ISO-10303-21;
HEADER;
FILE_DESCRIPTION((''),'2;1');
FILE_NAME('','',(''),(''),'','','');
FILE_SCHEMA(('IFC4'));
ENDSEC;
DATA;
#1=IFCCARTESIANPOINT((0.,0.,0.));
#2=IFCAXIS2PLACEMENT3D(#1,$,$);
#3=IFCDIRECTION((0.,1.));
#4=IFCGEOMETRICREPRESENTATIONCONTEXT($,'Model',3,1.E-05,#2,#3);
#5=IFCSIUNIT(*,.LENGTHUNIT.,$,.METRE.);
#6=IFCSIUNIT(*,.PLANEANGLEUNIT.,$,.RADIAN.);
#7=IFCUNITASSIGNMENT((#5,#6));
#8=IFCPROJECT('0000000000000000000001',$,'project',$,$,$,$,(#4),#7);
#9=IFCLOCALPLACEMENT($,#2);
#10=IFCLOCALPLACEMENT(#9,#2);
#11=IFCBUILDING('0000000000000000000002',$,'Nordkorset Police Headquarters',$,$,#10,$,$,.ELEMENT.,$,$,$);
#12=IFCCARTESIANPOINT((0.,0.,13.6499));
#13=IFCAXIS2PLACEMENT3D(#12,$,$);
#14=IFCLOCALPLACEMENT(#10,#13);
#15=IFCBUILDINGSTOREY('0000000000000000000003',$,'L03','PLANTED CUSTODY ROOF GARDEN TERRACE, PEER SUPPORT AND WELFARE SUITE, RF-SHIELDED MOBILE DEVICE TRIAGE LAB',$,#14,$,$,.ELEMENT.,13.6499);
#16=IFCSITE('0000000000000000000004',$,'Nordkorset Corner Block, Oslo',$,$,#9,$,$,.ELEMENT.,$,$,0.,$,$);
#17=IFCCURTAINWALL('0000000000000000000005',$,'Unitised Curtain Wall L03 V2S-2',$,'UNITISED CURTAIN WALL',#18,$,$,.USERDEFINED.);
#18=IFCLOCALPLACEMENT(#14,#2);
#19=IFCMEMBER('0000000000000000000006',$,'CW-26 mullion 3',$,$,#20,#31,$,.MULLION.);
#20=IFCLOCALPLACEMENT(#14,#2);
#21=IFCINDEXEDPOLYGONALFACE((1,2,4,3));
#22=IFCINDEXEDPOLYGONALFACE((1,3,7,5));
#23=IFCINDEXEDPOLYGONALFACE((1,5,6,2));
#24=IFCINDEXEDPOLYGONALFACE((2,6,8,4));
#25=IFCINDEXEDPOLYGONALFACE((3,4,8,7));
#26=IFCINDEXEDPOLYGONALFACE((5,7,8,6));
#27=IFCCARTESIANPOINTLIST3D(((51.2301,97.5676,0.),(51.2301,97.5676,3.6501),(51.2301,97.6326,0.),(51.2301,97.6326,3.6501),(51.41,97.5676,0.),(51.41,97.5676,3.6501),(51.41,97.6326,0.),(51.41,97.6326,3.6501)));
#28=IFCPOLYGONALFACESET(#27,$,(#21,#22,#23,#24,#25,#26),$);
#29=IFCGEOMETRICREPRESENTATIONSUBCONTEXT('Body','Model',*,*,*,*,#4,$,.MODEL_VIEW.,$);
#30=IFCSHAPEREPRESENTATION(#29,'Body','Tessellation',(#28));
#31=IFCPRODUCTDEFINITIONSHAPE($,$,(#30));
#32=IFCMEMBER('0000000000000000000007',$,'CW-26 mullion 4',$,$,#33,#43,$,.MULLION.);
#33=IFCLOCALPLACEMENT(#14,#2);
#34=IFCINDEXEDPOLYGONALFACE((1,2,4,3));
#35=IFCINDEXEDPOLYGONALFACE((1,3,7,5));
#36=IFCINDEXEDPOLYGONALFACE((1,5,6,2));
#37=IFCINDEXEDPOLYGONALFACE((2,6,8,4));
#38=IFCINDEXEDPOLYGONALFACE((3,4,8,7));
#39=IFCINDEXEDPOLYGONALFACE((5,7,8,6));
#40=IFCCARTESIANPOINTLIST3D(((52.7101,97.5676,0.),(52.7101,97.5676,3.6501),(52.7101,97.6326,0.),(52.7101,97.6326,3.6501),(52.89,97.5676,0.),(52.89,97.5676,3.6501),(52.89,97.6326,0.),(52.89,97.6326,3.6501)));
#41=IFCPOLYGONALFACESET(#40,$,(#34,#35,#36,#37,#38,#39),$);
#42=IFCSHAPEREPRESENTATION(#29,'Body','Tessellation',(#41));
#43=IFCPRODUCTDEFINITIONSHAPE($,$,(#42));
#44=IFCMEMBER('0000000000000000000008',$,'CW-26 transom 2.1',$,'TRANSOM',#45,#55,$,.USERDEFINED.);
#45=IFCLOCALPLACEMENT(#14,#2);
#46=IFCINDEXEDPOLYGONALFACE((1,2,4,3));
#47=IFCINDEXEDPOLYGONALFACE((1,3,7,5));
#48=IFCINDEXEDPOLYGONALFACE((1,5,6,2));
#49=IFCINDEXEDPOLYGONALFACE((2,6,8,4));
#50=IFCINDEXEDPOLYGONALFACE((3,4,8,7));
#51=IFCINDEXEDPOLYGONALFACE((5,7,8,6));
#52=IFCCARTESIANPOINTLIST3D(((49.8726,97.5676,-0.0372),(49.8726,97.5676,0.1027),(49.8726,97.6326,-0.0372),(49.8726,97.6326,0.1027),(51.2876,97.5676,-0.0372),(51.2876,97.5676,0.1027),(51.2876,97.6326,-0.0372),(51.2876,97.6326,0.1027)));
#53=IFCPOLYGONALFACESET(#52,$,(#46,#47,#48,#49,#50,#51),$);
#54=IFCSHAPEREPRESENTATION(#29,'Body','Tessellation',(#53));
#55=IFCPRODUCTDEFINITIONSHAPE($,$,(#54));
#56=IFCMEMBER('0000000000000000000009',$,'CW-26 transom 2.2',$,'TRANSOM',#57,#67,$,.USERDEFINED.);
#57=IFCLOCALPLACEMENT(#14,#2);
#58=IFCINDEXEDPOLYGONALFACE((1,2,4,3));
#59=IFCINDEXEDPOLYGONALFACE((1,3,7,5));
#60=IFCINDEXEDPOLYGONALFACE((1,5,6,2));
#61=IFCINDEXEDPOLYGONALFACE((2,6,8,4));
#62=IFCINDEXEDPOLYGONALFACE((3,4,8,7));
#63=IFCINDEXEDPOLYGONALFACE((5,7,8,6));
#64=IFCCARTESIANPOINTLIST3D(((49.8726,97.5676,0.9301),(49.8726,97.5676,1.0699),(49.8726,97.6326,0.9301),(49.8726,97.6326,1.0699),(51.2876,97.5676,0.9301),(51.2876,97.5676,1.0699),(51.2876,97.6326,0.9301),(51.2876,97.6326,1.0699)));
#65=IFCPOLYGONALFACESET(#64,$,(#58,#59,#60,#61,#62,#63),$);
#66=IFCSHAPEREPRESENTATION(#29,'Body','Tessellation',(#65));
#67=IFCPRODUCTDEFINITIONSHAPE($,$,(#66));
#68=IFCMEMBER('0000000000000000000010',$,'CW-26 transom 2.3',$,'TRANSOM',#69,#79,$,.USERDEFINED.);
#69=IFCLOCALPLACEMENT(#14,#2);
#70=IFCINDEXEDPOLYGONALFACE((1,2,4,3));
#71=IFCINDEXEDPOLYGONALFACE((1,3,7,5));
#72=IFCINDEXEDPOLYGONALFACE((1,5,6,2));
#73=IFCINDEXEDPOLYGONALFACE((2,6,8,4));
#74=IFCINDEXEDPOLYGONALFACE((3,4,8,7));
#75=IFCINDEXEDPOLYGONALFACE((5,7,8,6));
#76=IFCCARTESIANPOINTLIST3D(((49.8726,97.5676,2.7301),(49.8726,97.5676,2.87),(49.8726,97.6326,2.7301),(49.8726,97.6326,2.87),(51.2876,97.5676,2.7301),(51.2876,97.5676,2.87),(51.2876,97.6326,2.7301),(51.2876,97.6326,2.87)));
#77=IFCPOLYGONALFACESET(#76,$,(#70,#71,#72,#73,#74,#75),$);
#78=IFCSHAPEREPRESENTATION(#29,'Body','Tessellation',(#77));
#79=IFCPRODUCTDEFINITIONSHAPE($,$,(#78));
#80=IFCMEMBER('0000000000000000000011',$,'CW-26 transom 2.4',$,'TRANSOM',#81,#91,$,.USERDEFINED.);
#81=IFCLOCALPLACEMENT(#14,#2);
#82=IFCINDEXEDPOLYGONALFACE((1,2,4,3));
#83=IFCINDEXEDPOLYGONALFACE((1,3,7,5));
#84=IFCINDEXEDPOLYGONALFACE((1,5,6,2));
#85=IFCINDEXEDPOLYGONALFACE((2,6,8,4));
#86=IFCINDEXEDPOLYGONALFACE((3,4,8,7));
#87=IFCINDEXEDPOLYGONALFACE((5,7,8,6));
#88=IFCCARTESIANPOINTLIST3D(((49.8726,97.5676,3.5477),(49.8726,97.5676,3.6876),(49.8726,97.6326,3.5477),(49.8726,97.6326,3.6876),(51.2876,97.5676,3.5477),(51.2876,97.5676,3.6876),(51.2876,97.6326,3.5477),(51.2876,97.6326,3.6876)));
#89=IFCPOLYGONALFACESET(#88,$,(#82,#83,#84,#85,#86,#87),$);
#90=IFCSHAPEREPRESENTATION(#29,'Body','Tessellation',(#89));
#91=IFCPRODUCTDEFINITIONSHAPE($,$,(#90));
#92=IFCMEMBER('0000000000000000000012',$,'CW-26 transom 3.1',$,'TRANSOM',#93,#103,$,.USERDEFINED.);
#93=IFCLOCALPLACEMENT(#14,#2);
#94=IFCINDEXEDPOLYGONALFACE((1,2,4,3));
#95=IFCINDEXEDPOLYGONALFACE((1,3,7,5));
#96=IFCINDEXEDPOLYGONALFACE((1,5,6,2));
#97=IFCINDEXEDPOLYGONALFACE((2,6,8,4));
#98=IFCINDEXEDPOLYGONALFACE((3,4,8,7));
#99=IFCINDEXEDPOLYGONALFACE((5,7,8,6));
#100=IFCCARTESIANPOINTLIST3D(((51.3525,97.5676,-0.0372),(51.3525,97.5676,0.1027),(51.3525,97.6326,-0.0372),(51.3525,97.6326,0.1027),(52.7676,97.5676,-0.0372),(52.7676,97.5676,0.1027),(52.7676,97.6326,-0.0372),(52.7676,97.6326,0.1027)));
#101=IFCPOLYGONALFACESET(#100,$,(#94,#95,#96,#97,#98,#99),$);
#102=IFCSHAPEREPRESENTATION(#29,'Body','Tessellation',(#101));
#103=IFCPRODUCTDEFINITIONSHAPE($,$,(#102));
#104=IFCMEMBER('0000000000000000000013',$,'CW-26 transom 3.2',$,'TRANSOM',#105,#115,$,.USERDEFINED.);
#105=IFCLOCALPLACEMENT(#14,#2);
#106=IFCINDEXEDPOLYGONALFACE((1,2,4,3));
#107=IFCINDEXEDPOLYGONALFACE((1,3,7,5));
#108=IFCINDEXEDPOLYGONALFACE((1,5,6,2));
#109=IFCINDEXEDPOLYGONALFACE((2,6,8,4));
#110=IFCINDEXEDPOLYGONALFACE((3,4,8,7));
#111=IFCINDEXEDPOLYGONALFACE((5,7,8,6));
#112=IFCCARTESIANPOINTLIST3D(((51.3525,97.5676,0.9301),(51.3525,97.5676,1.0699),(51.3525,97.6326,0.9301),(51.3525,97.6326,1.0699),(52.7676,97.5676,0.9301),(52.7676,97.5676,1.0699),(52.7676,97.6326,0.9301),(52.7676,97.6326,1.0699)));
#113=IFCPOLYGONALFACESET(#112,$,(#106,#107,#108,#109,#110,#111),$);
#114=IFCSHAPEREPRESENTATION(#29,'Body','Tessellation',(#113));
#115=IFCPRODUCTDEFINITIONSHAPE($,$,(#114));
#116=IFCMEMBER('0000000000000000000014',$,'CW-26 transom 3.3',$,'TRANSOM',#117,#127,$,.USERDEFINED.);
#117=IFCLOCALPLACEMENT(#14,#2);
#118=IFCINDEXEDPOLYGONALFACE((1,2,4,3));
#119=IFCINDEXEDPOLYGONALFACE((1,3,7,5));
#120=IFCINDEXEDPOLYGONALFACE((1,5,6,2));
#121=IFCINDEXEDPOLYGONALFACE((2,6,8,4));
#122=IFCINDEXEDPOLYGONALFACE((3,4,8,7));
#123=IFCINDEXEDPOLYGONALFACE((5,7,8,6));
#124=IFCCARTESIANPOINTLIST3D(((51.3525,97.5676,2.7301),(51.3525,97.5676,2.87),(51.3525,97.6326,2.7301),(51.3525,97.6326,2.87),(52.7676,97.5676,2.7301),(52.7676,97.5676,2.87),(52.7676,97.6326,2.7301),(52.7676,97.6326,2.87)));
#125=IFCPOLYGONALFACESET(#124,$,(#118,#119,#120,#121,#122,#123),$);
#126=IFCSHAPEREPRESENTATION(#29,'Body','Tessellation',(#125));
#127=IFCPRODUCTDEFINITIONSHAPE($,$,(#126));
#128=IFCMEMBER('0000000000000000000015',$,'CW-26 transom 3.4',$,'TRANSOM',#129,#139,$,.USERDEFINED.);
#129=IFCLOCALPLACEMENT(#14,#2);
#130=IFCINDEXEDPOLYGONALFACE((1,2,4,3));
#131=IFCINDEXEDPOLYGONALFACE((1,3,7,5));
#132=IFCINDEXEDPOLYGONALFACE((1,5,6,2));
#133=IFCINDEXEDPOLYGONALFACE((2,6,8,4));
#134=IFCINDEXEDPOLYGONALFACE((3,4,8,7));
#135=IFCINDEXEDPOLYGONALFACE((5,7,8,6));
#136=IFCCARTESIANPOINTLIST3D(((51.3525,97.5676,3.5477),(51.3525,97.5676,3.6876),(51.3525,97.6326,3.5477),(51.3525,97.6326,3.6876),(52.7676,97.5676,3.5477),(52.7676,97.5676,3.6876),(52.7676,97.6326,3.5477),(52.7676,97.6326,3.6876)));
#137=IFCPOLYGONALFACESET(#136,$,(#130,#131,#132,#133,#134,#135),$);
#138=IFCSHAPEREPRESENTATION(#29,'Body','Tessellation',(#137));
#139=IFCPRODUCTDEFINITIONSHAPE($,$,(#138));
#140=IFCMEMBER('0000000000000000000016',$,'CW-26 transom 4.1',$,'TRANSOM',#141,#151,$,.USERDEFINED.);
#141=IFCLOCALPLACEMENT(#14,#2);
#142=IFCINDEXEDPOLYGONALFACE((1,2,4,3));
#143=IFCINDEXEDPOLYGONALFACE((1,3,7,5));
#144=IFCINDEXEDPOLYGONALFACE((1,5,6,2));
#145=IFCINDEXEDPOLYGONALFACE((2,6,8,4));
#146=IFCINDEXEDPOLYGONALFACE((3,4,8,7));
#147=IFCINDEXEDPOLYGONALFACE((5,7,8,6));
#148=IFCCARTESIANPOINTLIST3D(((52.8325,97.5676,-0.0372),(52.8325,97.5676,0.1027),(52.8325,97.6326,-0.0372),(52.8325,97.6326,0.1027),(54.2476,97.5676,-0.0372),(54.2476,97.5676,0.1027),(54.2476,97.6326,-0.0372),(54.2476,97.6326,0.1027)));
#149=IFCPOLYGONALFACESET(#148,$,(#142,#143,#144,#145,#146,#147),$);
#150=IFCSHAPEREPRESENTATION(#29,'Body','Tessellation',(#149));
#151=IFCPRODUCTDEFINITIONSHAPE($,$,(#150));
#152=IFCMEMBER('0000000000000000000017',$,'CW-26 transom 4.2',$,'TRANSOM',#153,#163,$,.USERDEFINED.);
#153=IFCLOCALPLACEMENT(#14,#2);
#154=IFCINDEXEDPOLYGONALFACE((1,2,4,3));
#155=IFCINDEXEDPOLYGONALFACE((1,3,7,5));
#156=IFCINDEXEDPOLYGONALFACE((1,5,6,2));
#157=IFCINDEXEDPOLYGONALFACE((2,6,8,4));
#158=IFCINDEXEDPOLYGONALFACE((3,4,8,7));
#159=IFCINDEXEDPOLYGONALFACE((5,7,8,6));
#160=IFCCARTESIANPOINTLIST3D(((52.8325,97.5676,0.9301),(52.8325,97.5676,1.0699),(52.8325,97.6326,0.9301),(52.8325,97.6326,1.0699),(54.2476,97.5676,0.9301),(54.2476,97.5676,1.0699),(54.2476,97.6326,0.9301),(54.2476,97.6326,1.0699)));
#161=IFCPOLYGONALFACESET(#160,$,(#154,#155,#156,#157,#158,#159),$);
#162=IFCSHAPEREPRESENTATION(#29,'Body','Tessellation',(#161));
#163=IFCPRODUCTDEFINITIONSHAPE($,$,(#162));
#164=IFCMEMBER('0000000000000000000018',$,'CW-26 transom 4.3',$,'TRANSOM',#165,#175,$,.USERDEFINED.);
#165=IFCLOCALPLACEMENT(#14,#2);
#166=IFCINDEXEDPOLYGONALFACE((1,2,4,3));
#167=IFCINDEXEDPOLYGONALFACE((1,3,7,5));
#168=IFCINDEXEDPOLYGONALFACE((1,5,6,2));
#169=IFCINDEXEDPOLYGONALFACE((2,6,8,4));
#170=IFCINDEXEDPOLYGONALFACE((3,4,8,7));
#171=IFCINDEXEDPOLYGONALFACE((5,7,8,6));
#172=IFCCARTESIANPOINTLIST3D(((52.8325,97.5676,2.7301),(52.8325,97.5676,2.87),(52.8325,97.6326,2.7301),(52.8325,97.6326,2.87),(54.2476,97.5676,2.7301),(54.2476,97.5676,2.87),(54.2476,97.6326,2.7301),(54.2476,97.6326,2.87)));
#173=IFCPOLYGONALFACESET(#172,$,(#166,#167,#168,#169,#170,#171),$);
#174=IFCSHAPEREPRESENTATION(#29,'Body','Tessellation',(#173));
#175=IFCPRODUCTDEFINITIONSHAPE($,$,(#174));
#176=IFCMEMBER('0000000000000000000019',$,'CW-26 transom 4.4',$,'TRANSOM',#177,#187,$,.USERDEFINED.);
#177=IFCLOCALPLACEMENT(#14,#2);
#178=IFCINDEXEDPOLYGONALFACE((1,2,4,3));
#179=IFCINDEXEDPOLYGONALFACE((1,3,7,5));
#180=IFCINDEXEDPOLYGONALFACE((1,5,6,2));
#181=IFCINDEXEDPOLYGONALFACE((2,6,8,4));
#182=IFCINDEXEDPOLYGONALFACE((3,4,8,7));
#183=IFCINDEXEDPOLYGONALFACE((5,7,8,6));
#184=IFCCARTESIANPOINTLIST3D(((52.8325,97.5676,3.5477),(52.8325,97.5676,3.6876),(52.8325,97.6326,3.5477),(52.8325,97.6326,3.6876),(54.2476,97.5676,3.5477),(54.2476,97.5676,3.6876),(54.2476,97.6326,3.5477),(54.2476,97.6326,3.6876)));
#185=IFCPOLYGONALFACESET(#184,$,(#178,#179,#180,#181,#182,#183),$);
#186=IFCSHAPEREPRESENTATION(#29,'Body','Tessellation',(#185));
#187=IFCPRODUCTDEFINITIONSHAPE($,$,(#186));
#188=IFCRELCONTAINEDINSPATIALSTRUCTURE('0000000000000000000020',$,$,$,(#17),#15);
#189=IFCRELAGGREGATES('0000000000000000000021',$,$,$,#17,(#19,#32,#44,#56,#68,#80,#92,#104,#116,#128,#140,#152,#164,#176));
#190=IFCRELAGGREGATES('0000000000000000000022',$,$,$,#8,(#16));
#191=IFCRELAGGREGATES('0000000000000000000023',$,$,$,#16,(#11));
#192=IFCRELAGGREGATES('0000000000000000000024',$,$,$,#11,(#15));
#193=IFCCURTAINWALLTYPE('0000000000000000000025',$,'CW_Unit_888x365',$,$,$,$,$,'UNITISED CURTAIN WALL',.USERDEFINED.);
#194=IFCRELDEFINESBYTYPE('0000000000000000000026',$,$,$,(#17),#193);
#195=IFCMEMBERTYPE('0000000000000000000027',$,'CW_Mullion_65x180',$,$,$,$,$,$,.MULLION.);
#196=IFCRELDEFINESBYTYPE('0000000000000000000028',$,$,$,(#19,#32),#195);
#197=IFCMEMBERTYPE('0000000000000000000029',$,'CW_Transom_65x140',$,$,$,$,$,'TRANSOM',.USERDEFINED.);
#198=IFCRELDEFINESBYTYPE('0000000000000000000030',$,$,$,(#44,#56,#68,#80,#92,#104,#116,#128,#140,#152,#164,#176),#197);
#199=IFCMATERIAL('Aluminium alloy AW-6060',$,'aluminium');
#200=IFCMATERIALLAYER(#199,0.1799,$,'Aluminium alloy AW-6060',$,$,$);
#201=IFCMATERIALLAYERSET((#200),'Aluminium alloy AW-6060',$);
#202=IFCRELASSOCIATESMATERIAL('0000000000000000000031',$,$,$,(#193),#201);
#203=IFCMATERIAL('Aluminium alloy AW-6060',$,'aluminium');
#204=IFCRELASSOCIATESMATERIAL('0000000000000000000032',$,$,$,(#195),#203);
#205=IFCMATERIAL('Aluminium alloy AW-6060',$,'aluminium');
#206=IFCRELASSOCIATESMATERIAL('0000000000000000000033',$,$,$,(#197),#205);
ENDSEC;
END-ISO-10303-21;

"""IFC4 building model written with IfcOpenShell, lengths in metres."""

from ifc_helpers import new_model, si_unit, direction, frame, origin, origin_2d, place, context, subcontext, project, spatial, rectangle, extrude, material, layer, layer_set, material_profile, profile_set, type_object, element, aggregate, save


model = new_model("IFC4")

# Units and contexts
model_context = context("Model", 3, precision=1e-05, world=origin(), true_north=direction((0.0, 1.0)))
body_context = subcontext(model_context, "Body", "Model", "MODEL_VIEW")
ifc_project = project(units=[si_unit("LENGTHUNIT", "METRE"), si_unit("PLANEANGLEUNIT", "RADIAN")], contexts=[model_context])

# Site, building, storey
site_placement = place(None, origin())
site = spatial("IfcSite", under=ifc_project, at=site_placement, Name="Nordkorset Corner Block, Oslo", CompositionType="ELEMENT", RefElevation=0.0)
building_placement = place(site_placement, origin())
building = spatial("IfcBuilding", under=site, at=building_placement, Name="Nordkorset Police Headquarters", CompositionType="ELEMENT")
storey_placement = place(building_placement, frame((0.0, 0.0, 13.6499)))
storey = spatial("IfcBuildingStorey", under=building, at=storey_placement, Name="L03", Description="PLANTED CUSTODY ROOF GARDEN TERRACE, PEER SUPPORT AND WELFARE SUITE, RF-SHIELDED MOBILE DEVICE TRIAGE LAB", CompositionType="ELEMENT", Elevation=13.6499)

# Curtain wall, members
ifc_material_1 = material(Name="Aluminium alloy AW-6060", Category="aluminium")
ifc_layer_1 = layer(ifc_material_1, 0.1799, Name="Aluminium alloy AW-6060")
ifc_layer_set_1 = layer_set([ifc_layer_1], Name="Aluminium alloy AW-6060")
curtain_wall_type = type_object("IfcCurtainWallType", Name="CW_Unit_888x365", ElementType="UNITISED CURTAIN WALL", PredefinedType="USERDEFINED", material=ifc_layer_set_1)
curtain_wall_placement = place(storey_placement, origin())
curtain_wall = element("IfcCurtainWall", 1, at=curtain_wall_placement, inside=storey, type_object=curtain_wall_type, Name="Unitised Curtain Wall L03 V2S-2", ObjectType="UNITISED CURTAIN WALL", PredefinedType="USERDEFINED")
ifc_material_2 = material(Name="Aluminium alloy AW-6060", Category="aluminium")
ifc_material_profile_1 = material_profile(ifc_material_2, rectangle(XDim=0.0649, YDim=0.1799, at=origin_2d()), Name="ALU MULL 65x180")
ifc_profile_set_1 = profile_set([ifc_material_profile_1], Name="Aluminium alloy AW-6060")
member_type_1 = type_object("IfcMemberType", Name="CW_Mullion_65x180", PredefinedType="MULLION", material=ifc_profile_set_1)
member_1_placement = place(storey_placement, frame((51.3201, 97.6001, 0.0), z_axis=(0.0, 0.0, 1.0), x_axis=(0.0, 1.0, 0.0)))
member_1 = element("IfcMember", 2, at=member_1_placement, type_object=member_type_1, Name="CW-26 mullion 3", PredefinedType="MULLION", context=body_context, shape_type="SweptSolid", body=[
    extrude(rectangle(XDim=0.0649, YDim=0.1799, at=origin_2d()), origin(), (0.0, 0.0, 1.0), 3.6501),
])
member_2_placement = place(storey_placement, frame((52.8, 97.6001, 0.0), z_axis=(0.0, 0.0, 1.0), x_axis=(0.0, 1.0, 0.0)))
member_2 = element("IfcMember", 3, at=member_2_placement, type_object=member_type_1, Name="CW-26 mullion 4", PredefinedType="MULLION", context=body_context, shape_type="SweptSolid", body=[
    extrude(rectangle(XDim=0.0649, YDim=0.1799, at=origin_2d()), origin(), (0.0, 0.0, 1.0), 3.6501),
])
ifc_material_3 = material(Name="Aluminium alloy AW-6060", Category="aluminium")
ifc_material_profile_2 = material_profile(ifc_material_3, rectangle(XDim=0.0649, YDim=0.1399, at=origin_2d()), Name="ALU TRAN 65x140")
ifc_profile_set_2 = profile_set([ifc_material_profile_2], Name="Aluminium alloy AW-6060")
member_type_2 = type_object("IfcMemberType", Name="CW_Transom_65x140", ElementType="TRANSOM", PredefinedType="USERDEFINED", material=ifc_profile_set_2)
member_3_placement = place(storey_placement, frame((49.8726, 97.6001, 0.0327), z_axis=(1.0, 0.0, 0.0), x_axis=(0.0, 1.0, 0.0)))
member_3 = element("IfcMember", 4, at=member_3_placement, type_object=member_type_2, Name="CW-26 transom 2.1", ObjectType="TRANSOM", PredefinedType="USERDEFINED", context=body_context, shape_type="SweptSolid", body=[
    extrude(rectangle(XDim=0.0649, YDim=0.1399, at=origin_2d()), origin(), (0.0, 0.0, 1.0), 1.415),
])
member_4_placement = place(storey_placement, frame((49.8726, 97.6001, 1.0), z_axis=(1.0, 0.0, 0.0), x_axis=(0.0, 1.0, 0.0)))
member_4 = element("IfcMember", 5, at=member_4_placement, type_object=member_type_2, Name="CW-26 transom 2.2", ObjectType="TRANSOM", PredefinedType="USERDEFINED", context=body_context, shape_type="SweptSolid", body=[
    extrude(rectangle(XDim=0.0649, YDim=0.1399, at=origin_2d()), origin(), (0.0, 0.0, 1.0), 1.415),
])
member_5_placement = place(storey_placement, frame((49.8726, 97.6001, 2.8), z_axis=(1.0, 0.0, 0.0), x_axis=(0.0, 1.0, 0.0)))
member_5 = element("IfcMember", 6, at=member_5_placement, type_object=member_type_2, Name="CW-26 transom 2.3", ObjectType="TRANSOM", PredefinedType="USERDEFINED", context=body_context, shape_type="SweptSolid", body=[
    extrude(rectangle(XDim=0.0649, YDim=0.1399, at=origin_2d()), origin(), (0.0, 0.0, 1.0), 1.415),
])
member_6_placement = place(storey_placement, frame((49.8726, 97.6001, 3.6177), z_axis=(1.0, 0.0, 0.0), x_axis=(0.0, 1.0, 0.0)))
member_6 = element("IfcMember", 7, at=member_6_placement, type_object=member_type_2, Name="CW-26 transom 2.4", ObjectType="TRANSOM", PredefinedType="USERDEFINED", context=body_context, shape_type="SweptSolid", body=[
    extrude(rectangle(XDim=0.0649, YDim=0.1399, at=origin_2d()), origin(), (0.0, 0.0, 1.0), 1.415),
])
member_7_placement = place(storey_placement, frame((51.3525, 97.6001, 0.0327), z_axis=(1.0, 0.0, 0.0), x_axis=(0.0, 1.0, 0.0)))
member_7 = element("IfcMember", 8, at=member_7_placement, type_object=member_type_2, Name="CW-26 transom 3.1", ObjectType="TRANSOM", PredefinedType="USERDEFINED", context=body_context, shape_type="SweptSolid", body=[
    extrude(rectangle(XDim=0.0649, YDim=0.1399, at=origin_2d()), origin(), (0.0, 0.0, 1.0), 1.415),
])
member_8_placement = place(storey_placement, frame((51.3525, 97.6001, 1.0), z_axis=(1.0, 0.0, 0.0), x_axis=(0.0, 1.0, 0.0)))
member_8 = element("IfcMember", 9, at=member_8_placement, type_object=member_type_2, Name="CW-26 transom 3.2", ObjectType="TRANSOM", PredefinedType="USERDEFINED", context=body_context, shape_type="SweptSolid", body=[
    extrude(rectangle(XDim=0.0649, YDim=0.1399, at=origin_2d()), origin(), (0.0, 0.0, 1.0), 1.415),
])
member_9_placement = place(storey_placement, frame((51.3525, 97.6001, 2.8), z_axis=(1.0, 0.0, 0.0), x_axis=(0.0, 1.0, 0.0)))
member_9 = element("IfcMember", 10, at=member_9_placement, type_object=member_type_2, Name="CW-26 transom 3.3", ObjectType="TRANSOM", PredefinedType="USERDEFINED", context=body_context, shape_type="SweptSolid", body=[
    extrude(rectangle(XDim=0.0649, YDim=0.1399, at=origin_2d()), origin(), (0.0, 0.0, 1.0), 1.415),
])
member_10_placement = place(storey_placement, frame((51.3525, 97.6001, 3.6177), z_axis=(1.0, 0.0, 0.0), x_axis=(0.0, 1.0, 0.0)))
member_10 = element("IfcMember", 11, at=member_10_placement, type_object=member_type_2, Name="CW-26 transom 3.4", ObjectType="TRANSOM", PredefinedType="USERDEFINED", context=body_context, shape_type="SweptSolid", body=[
    extrude(rectangle(XDim=0.0649, YDim=0.1399, at=origin_2d()), origin(), (0.0, 0.0, 1.0), 1.415),
])
member_11_placement = place(storey_placement, frame((52.8325, 97.6001, 0.0327), z_axis=(1.0, 0.0, 0.0), x_axis=(0.0, 1.0, 0.0)))
member_11 = element("IfcMember", 12, at=member_11_placement, type_object=member_type_2, Name="CW-26 transom 4.1", ObjectType="TRANSOM", PredefinedType="USERDEFINED", context=body_context, shape_type="SweptSolid", body=[
    extrude(rectangle(XDim=0.0649, YDim=0.1399, at=origin_2d()), origin(), (0.0, 0.0, 1.0), 1.415),
])
member_12_placement = place(storey_placement, frame((52.8325, 97.6001, 1.0), z_axis=(1.0, 0.0, 0.0), x_axis=(0.0, 1.0, 0.0)))
member_12 = element("IfcMember", 13, at=member_12_placement, type_object=member_type_2, Name="CW-26 transom 4.2", ObjectType="TRANSOM", PredefinedType="USERDEFINED", context=body_context, shape_type="SweptSolid", body=[
    extrude(rectangle(XDim=0.0649, YDim=0.1399, at=origin_2d()), origin(), (0.0, 0.0, 1.0), 1.415),
])
member_13_placement = place(storey_placement, frame((52.8325, 97.6001, 2.8), z_axis=(1.0, 0.0, 0.0), x_axis=(0.0, 1.0, 0.0)))
member_13 = element("IfcMember", 14, at=member_13_placement, type_object=member_type_2, Name="CW-26 transom 4.3", ObjectType="TRANSOM", PredefinedType="USERDEFINED", context=body_context, shape_type="SweptSolid", body=[
    extrude(rectangle(XDim=0.0649, YDim=0.1399, at=origin_2d()), origin(), (0.0, 0.0, 1.0), 1.415),
])
member_14_placement = place(storey_placement, frame((52.8325, 97.6001, 3.6177), z_axis=(1.0, 0.0, 0.0), x_axis=(0.0, 1.0, 0.0)))
member_14 = element("IfcMember", 15, at=member_14_placement, type_object=member_type_2, Name="CW-26 transom 4.4", ObjectType="TRANSOM", PredefinedType="USERDEFINED", context=body_context, shape_type="SweptSolid", body=[
    extrude(rectangle(XDim=0.0649, YDim=0.1399, at=origin_2d()), origin(), (0.0, 0.0, 1.0), 1.415),
])
aggregate(curtain_wall, [member_1, member_2, member_3, member_4, member_5, member_6, member_7, member_8, member_9, member_10, member_11, member_12, member_13, member_14])

save(model, "model.ifc")
